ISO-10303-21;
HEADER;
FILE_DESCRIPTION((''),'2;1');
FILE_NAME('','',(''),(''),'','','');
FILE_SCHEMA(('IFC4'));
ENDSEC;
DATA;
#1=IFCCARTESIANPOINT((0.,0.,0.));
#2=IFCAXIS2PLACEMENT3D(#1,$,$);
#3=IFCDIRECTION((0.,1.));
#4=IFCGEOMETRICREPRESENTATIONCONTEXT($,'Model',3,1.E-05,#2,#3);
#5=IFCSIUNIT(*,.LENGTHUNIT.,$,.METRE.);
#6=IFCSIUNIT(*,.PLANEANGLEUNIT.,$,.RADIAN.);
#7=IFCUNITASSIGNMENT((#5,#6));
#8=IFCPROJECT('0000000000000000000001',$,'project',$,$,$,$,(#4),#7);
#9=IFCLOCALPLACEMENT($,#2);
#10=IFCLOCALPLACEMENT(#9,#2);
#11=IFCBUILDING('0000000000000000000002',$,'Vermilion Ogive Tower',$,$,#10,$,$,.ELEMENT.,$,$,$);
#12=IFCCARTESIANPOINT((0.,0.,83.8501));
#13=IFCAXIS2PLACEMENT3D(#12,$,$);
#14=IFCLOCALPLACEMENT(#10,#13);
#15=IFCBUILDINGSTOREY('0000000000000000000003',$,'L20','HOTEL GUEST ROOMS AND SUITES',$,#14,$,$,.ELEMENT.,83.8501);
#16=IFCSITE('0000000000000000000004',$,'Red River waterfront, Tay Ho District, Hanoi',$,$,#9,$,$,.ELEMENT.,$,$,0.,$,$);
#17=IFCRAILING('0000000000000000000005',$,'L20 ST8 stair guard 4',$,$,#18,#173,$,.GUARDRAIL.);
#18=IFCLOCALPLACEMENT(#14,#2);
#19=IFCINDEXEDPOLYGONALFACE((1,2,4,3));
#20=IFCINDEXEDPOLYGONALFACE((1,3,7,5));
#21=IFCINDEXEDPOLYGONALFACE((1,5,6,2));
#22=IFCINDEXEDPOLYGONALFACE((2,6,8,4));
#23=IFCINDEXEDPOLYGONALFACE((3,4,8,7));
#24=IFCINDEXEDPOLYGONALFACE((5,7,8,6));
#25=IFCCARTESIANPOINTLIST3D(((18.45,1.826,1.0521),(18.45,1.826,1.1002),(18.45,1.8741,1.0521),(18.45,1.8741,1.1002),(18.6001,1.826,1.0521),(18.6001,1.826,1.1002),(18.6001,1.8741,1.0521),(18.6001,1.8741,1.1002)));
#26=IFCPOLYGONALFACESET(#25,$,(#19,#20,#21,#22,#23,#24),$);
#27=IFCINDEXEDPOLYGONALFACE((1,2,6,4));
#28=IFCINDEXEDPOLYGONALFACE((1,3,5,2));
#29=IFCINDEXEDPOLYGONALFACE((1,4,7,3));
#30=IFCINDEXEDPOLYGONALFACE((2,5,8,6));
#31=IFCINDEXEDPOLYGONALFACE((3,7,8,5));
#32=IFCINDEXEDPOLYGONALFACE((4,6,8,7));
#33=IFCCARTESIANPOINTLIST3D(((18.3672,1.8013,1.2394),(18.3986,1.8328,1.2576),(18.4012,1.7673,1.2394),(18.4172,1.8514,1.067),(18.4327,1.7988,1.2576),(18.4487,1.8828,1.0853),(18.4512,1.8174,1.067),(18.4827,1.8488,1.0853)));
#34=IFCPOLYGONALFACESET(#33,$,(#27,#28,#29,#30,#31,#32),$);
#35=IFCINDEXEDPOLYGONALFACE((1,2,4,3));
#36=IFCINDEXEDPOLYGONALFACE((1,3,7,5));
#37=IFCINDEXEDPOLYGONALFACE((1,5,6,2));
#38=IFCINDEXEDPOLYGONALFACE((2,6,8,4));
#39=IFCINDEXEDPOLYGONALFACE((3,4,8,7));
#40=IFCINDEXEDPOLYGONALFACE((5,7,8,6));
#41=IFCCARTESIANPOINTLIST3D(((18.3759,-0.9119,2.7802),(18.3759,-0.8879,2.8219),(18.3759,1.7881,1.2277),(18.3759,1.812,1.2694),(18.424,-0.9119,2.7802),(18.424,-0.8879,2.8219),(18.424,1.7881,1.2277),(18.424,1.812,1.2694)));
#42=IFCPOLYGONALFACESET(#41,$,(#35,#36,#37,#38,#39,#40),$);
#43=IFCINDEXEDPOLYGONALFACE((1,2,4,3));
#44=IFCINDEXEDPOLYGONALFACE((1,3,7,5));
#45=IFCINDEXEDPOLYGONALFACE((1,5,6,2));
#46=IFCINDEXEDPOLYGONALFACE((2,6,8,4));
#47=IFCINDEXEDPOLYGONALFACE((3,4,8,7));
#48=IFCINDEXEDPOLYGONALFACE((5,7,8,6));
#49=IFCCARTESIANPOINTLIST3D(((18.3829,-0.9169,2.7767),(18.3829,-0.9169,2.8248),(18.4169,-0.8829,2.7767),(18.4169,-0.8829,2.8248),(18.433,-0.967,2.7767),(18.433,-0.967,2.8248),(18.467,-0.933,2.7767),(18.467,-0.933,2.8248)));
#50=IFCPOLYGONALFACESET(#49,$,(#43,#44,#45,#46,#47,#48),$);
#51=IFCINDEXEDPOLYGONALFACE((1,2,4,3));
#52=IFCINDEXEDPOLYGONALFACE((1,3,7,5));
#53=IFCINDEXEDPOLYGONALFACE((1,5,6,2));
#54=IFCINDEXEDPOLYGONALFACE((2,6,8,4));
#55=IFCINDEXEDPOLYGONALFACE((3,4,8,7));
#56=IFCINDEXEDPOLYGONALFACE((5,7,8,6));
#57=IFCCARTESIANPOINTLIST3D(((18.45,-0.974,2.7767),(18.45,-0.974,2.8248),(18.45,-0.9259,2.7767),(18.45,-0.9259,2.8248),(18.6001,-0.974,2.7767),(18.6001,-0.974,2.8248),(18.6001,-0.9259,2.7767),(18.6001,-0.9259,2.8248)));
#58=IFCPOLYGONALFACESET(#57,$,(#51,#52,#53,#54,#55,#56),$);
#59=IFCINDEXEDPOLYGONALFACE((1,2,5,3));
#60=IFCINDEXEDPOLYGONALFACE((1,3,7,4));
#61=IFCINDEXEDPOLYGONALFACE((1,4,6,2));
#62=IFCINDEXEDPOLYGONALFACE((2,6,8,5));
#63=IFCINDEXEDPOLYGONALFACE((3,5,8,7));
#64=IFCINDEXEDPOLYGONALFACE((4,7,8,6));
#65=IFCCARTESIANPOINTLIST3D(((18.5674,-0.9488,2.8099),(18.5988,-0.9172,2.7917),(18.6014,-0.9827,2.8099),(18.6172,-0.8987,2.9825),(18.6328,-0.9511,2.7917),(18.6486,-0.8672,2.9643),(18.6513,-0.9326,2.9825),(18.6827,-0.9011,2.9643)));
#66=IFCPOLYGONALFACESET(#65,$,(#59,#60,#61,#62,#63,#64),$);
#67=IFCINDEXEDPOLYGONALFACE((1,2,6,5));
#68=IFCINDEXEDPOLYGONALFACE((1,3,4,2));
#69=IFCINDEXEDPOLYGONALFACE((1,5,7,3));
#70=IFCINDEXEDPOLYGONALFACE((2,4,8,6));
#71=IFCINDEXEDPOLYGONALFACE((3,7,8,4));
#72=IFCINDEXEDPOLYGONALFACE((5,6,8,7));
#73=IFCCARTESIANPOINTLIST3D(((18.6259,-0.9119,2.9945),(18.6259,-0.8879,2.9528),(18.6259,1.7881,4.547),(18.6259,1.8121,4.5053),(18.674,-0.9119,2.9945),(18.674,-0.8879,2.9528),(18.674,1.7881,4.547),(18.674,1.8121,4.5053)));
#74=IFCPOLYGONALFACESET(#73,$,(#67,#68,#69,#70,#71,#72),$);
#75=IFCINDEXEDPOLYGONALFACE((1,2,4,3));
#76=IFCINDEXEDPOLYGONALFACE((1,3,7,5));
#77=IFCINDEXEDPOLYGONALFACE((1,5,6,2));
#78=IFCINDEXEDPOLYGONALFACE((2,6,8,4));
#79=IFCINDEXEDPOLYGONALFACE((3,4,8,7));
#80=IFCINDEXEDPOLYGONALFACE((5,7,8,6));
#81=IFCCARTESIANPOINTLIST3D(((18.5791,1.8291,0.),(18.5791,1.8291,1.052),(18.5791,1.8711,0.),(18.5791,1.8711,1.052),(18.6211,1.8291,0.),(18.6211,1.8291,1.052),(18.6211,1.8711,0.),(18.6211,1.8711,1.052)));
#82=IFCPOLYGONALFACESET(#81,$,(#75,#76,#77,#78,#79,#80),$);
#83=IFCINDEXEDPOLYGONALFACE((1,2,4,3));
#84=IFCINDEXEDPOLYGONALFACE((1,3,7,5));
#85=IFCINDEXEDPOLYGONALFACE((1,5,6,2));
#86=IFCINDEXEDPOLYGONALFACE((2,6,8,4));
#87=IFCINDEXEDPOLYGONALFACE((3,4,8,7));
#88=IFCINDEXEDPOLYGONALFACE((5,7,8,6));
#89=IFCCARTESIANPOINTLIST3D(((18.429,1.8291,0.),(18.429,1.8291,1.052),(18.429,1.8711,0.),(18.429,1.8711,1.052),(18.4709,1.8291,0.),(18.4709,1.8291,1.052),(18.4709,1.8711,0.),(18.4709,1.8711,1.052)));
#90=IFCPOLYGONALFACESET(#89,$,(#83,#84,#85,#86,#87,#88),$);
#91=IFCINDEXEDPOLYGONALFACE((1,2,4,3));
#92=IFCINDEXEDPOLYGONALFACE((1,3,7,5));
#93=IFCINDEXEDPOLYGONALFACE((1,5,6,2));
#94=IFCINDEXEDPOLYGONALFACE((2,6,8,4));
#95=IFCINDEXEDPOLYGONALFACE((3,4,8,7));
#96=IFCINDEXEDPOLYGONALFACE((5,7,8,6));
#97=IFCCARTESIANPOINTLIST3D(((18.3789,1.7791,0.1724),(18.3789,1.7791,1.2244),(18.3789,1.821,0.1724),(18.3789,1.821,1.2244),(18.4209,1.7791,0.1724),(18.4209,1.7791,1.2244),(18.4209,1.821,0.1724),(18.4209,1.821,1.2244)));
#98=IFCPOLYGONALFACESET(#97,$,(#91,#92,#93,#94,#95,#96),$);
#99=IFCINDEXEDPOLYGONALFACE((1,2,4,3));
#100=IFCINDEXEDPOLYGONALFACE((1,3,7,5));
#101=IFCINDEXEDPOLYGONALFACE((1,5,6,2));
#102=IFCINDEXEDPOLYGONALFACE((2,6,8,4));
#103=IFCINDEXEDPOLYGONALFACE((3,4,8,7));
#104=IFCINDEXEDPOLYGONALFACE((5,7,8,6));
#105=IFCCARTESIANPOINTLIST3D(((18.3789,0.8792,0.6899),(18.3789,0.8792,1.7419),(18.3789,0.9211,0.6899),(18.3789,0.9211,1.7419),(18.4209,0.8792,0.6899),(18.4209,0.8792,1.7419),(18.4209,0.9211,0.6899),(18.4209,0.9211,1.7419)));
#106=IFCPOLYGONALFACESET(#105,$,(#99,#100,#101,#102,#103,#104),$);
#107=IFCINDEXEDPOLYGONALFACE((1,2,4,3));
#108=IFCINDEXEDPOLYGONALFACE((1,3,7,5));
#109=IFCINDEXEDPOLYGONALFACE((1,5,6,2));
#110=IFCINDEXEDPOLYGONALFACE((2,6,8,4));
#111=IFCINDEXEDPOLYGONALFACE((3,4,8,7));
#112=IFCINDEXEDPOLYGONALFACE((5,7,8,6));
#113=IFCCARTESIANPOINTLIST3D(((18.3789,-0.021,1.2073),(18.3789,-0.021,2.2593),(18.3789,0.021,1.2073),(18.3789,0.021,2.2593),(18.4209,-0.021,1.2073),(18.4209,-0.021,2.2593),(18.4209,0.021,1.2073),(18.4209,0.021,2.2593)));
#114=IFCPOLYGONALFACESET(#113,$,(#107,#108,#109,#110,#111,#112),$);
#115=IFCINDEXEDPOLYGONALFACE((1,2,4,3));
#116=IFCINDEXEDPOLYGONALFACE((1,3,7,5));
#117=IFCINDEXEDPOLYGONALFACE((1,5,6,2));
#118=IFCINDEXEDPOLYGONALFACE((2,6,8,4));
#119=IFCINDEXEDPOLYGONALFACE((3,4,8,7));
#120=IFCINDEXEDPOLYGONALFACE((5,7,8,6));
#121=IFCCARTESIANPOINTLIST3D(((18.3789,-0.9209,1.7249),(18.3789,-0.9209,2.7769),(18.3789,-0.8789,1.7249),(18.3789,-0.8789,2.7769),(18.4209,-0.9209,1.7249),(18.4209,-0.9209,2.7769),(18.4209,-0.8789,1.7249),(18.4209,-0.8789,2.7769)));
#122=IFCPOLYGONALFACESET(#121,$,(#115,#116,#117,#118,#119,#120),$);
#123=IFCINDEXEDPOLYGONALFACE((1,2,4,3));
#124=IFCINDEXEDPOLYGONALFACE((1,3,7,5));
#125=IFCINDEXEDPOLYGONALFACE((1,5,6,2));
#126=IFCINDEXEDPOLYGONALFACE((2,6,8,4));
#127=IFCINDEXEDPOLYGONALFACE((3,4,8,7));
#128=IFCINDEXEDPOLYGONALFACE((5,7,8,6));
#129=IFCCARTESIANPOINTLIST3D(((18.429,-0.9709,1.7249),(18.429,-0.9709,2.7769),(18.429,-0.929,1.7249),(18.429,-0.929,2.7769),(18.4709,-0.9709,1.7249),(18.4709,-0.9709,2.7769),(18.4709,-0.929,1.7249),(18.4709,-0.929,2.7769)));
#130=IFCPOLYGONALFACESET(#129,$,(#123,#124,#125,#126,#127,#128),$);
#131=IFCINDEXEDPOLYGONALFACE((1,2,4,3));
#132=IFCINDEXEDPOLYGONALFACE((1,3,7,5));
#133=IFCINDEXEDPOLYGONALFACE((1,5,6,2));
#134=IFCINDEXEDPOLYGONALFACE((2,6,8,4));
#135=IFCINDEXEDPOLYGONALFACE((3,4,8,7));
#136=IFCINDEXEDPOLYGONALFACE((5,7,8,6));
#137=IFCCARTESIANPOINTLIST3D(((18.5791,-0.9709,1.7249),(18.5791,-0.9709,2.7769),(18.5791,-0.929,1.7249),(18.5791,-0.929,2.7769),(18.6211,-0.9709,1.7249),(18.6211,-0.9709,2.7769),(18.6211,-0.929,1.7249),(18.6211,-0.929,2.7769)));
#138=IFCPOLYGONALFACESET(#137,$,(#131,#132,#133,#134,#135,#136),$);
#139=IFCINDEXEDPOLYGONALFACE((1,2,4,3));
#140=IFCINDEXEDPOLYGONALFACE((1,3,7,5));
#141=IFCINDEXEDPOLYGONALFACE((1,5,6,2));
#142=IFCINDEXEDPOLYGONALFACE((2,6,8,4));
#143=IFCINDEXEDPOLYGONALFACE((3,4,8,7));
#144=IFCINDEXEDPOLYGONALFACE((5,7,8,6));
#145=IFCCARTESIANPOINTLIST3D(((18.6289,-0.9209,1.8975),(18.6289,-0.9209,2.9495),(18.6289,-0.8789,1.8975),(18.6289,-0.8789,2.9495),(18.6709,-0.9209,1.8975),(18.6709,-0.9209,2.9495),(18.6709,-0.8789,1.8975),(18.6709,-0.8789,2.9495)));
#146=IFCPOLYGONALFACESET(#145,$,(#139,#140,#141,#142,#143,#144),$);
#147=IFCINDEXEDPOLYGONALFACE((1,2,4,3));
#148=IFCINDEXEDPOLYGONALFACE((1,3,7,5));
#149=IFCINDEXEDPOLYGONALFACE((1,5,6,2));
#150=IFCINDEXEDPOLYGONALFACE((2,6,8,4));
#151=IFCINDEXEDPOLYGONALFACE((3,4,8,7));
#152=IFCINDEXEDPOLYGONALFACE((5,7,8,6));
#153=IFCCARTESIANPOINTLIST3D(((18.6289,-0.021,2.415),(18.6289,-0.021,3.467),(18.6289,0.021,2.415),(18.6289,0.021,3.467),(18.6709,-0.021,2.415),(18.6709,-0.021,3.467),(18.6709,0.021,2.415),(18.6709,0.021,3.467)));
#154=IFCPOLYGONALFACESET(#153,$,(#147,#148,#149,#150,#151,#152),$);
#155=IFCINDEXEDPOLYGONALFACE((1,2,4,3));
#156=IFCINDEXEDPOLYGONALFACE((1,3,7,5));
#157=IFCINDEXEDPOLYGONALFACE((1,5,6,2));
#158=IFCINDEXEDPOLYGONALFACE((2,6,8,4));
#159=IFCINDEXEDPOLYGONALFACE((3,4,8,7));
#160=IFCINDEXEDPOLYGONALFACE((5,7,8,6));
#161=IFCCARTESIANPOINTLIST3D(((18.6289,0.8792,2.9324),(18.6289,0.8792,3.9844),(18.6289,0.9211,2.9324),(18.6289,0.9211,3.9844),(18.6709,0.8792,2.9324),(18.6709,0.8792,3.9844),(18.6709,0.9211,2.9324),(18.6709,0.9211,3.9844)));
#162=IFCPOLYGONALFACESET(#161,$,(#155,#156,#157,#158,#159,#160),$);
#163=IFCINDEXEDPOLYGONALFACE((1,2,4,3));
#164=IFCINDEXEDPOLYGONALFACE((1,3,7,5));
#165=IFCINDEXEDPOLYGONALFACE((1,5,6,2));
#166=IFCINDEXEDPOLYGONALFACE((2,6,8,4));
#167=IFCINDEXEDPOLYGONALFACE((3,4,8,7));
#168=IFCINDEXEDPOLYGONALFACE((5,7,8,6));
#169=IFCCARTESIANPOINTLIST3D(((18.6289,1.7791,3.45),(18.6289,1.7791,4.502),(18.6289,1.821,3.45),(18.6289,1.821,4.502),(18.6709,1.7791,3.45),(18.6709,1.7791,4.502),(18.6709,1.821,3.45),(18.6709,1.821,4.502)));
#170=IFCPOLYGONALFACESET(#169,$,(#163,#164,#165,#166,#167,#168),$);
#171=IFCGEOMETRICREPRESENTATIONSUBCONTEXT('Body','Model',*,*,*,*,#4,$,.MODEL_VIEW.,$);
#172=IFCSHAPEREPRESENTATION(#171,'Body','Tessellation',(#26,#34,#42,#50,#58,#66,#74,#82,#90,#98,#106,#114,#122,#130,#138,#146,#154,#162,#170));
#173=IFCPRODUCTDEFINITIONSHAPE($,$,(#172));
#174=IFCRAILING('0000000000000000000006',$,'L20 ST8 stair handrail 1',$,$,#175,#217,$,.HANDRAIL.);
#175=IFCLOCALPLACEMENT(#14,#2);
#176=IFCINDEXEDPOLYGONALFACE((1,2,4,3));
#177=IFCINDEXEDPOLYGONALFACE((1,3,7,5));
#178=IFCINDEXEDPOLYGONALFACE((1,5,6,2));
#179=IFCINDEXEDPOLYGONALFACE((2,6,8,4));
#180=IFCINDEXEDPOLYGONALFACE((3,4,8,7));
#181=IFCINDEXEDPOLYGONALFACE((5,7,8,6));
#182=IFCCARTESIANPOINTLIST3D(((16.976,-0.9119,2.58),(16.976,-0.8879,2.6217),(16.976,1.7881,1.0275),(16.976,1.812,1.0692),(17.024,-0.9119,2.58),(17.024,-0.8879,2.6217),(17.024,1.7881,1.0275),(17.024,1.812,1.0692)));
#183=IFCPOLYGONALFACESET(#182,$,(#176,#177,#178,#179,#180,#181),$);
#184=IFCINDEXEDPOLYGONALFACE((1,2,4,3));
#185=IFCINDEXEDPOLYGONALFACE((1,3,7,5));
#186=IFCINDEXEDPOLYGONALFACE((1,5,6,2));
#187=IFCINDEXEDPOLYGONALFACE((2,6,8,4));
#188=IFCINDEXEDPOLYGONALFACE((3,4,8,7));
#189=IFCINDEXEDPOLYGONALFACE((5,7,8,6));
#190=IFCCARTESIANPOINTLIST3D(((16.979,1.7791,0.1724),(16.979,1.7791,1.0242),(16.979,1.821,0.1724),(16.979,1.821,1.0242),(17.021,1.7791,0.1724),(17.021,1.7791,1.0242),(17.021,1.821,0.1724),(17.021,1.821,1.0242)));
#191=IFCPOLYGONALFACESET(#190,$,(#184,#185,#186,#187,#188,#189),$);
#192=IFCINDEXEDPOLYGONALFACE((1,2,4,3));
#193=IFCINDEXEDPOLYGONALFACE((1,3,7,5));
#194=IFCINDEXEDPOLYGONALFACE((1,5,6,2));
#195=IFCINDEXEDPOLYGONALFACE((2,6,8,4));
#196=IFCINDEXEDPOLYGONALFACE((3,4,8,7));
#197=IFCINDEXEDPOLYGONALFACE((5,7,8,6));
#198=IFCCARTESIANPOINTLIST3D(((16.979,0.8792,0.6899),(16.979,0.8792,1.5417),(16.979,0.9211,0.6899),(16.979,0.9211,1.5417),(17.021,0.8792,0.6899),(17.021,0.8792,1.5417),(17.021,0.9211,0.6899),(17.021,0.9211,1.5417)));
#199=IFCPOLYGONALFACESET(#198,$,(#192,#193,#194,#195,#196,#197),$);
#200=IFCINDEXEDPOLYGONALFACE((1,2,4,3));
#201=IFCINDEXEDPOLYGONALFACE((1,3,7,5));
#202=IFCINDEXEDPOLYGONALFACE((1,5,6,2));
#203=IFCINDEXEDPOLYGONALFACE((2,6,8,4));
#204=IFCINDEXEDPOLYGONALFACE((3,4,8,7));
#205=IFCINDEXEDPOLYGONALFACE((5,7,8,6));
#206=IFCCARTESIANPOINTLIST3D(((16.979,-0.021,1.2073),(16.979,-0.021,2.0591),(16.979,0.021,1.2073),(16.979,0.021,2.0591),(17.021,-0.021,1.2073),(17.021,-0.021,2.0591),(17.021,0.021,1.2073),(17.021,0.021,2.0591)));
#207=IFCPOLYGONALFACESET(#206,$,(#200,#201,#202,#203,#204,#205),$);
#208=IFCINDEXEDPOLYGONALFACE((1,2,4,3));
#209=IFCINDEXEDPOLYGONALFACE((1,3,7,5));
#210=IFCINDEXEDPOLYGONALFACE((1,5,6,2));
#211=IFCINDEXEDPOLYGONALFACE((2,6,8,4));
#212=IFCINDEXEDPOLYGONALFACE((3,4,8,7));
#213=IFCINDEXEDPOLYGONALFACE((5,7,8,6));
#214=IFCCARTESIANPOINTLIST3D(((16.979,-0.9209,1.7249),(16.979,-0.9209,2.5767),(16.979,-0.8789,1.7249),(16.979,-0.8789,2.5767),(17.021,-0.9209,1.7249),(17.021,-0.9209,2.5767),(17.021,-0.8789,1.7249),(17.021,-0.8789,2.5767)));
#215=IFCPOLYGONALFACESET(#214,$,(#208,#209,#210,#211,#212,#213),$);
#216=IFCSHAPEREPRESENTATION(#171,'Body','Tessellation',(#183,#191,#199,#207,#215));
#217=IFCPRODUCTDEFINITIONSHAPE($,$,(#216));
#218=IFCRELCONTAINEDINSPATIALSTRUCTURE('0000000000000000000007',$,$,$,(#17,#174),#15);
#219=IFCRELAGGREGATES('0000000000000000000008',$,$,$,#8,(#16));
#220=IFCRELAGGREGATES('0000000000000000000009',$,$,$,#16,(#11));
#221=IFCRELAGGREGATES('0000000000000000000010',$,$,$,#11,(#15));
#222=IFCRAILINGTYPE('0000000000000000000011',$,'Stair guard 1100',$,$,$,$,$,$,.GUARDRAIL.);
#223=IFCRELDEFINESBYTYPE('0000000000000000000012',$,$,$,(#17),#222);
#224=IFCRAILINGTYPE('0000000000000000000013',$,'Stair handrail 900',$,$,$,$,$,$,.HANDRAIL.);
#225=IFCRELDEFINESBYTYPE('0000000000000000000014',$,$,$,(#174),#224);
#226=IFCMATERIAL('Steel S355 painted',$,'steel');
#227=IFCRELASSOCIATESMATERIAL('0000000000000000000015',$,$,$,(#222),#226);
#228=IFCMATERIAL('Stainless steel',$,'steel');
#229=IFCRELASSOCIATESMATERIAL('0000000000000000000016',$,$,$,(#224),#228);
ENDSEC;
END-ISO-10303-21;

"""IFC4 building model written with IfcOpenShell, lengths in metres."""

from ifc_helpers import new_model, si_unit, direction, frame, origin, origin_2d, place, context, subcontext, project, spatial, rectangle, extrude, material, type_object, element, save


model = new_model("IFC4")

# Units and contexts
model_context = context("Model", 3, precision=1e-05, world=origin(), true_north=direction((0.0, 1.0)))
body_context = subcontext(model_context, "Body", "Model", "MODEL_VIEW")
ifc_project = project(units=[si_unit("LENGTHUNIT", "METRE"), si_unit("PLANEANGLEUNIT", "RADIAN")], contexts=[model_context])

# Site, building, storey
site_placement = place(None, origin())
site = spatial("IfcSite", under=ifc_project, at=site_placement, Name="Red River waterfront, Tay Ho District, Hanoi", CompositionType="ELEMENT", RefElevation=0.0)
building_placement = place(site_placement, origin())
building = spatial("IfcBuilding", under=site, at=building_placement, Name="Vermilion Ogive Tower", CompositionType="ELEMENT")
storey_placement = place(building_placement, frame((0.0, 0.0, 83.8501)))
storey = spatial("IfcBuildingStorey", under=building, at=storey_placement, Name="L20", Description="HOTEL GUEST ROOMS AND SUITES", CompositionType="ELEMENT", Elevation=83.8501)

# Railings
ifc_material_1 = material(Name="Steel S355 painted", Category="steel")
railing_type_1 = type_object("IfcRailingType", Name="Stair guard 1100", PredefinedType="GUARDRAIL", material=ifc_material_1)
railing_1_placement = place(storey_placement, frame((18.6001, 1.8501, 0.0)))
element("IfcRailing", 1, at=railing_1_placement, inside=storey, type_object=railing_type_1, Name="L20 ST8 stair guard 4", PredefinedType="GUARDRAIL", context=body_context, shape_type="SweptSolid", body=[
    extrude(rectangle(XDim=0.0481, YDim=0.0481, at=origin_2d()), frame((0.0, 0.0, 1.0762), z_axis=(-1.0, 0.0, 0.0), x_axis=(0.0, -1.0, 0.0)), (0.0, 0.0, 1.0), 0.1501),
    extrude(rectangle(XDim=0.0481, YDim=0.0481, at=origin_2d()), frame((-0.1501, 0.0, 1.0762), z_axis=(-0.268603, -0.268603, 0.925043), x_axis=(0.707107, -0.707107, 0.0)), (0.0, 0.0, 1.0), 0.1863),
    extrude(rectangle(XDim=0.0481, YDim=0.0481, at=origin_2d()), frame((-0.2002, -0.05, 1.2485), z_axis=(0.0, -0.866904, 0.498476), x_axis=(1.0, 0.0, 0.0)), (0.0, 0.0, 1.0), 3.1145),
    extrude(rectangle(XDim=0.0481, YDim=0.0481, at=origin_2d()), frame((-0.2002, -2.75, 2.8008), z_axis=(0.707107, -0.707107, 0.0), x_axis=(0.707107, 0.707107, 0.0)), (0.0, 0.0, 1.0), 0.0708),
    extrude(rectangle(XDim=0.0481, YDim=0.0481, at=origin_2d()), frame((-0.1501, -2.8, 2.8008), z_axis=(1.0, 0.0, 0.0), x_axis=(0.0, 1.0, 0.0)), (0.0, 0.0, 1.0), 0.1501),
    extrude(rectangle(XDim=0.0481, YDim=0.0481, at=origin_2d()), frame((0.0, -2.8, 2.8008), z_axis=(0.267063, 0.268372, 0.925556), x_axis=(-0.708834, 0.705376, 0.0)), (0.0, 0.0, 1.0), 0.1865),
    extrude(rectangle(XDim=0.0481, YDim=0.0481, at=origin_2d()), frame((0.0498, -2.75, 2.9736), z_axis=(0.0, 0.866904, 0.498476), x_axis=(-1.0, 0.0, 0.0)), (0.0, 0.0, 1.0), 3.1145),
    extrude(rectangle(XDim=0.042, YDim=0.042, at=origin_2d()), origin(), (0.0, 0.0, 1.0), 1.052),
    extrude(rectangle(XDim=0.042, YDim=0.042, at=origin_2d()), frame((-0.1501, 0.0, 0.0)), (0.0, 0.0, 1.0), 1.052),
    extrude(rectangle(XDim=0.042, YDim=0.042, at=origin_2d()), frame((-0.2002, -0.05, 0.1724)), (0.0, 0.0, 1.0), 1.052),
    extrude(rectangle(XDim=0.042, YDim=0.042, at=origin_2d()), frame((-0.2002, -0.95, 0.6899)), (0.0, 0.0, 1.0), 1.052),
    extrude(rectangle(XDim=0.042, YDim=0.042, at=origin_2d()), frame((-0.2002, -1.8501, 1.2073)), (0.0, 0.0, 1.0), 1.052),
    extrude(rectangle(XDim=0.042, YDim=0.042, at=origin_2d()), frame((-0.2002, -2.75, 1.7249)), (0.0, 0.0, 1.0), 1.052),
    extrude(rectangle(XDim=0.042, YDim=0.042, at=origin_2d()), frame((-0.1501, -2.8, 1.7249)), (0.0, 0.0, 1.0), 1.052),
    extrude(rectangle(XDim=0.042, YDim=0.042, at=origin_2d()), frame((0.0, -2.8, 1.7249)), (0.0, 0.0, 1.0), 1.052),
    extrude(rectangle(XDim=0.042, YDim=0.042, at=origin_2d()), frame((0.0498, -2.75, 1.8975)), (0.0, 0.0, 1.0), 1.052),
    extrude(rectangle(XDim=0.042, YDim=0.042, at=origin_2d()), frame((0.0498, -1.8501, 2.415)), (0.0, 0.0, 1.0), 1.052),
    extrude(rectangle(XDim=0.042, YDim=0.042, at=origin_2d()), frame((0.0498, -0.95, 2.9324)), (0.0, 0.0, 1.0), 1.052),
    extrude(rectangle(XDim=0.042, YDim=0.042, at=origin_2d()), frame((0.0498, -0.05, 3.45)), (0.0, 0.0, 1.0), 1.052),
])
ifc_material_2 = material(Name="Stainless steel", Category="steel")
railing_type_2 = type_object("IfcRailingType", Name="Stair handrail 900", PredefinedType="HANDRAIL", material=ifc_material_2)
railing_2_placement = place(storey_placement, frame((17.0, 1.8, 0.1724)))
element("IfcRailing", 2, at=railing_2_placement, inside=storey, type_object=railing_type_2, Name="L20 ST8 stair handrail 1", PredefinedType="HANDRAIL", context=body_context, shape_type="SweptSolid", body=[
    extrude(rectangle(XDim=0.0481, YDim=0.0481, at=origin_2d()), frame((0.0, 0.0, 0.876), z_axis=(0.0, -0.866904, 0.498476), x_axis=(1.0, 0.0, 0.0)), (0.0, 0.0, 1.0), 3.1145),
    extrude(rectangle(XDim=0.042, YDim=0.042, at=origin_2d()), origin(), (0.0, 0.0, 1.0), 0.8518),
    extrude(rectangle(XDim=0.042, YDim=0.042, at=origin_2d()), frame((0.0, -0.8999, 0.5176)), (0.0, 0.0, 1.0), 0.8518),
    extrude(rectangle(XDim=0.042, YDim=0.042, at=origin_2d()), frame((0.0, -1.8, 1.0349)), (0.0, 0.0, 1.0), 0.8518),
    extrude(rectangle(XDim=0.042, YDim=0.042, at=origin_2d()), frame((0.0, -2.7, 1.5525)), (0.0, 0.0, 1.0), 0.8518),
])

save(model, "model.ifc")
